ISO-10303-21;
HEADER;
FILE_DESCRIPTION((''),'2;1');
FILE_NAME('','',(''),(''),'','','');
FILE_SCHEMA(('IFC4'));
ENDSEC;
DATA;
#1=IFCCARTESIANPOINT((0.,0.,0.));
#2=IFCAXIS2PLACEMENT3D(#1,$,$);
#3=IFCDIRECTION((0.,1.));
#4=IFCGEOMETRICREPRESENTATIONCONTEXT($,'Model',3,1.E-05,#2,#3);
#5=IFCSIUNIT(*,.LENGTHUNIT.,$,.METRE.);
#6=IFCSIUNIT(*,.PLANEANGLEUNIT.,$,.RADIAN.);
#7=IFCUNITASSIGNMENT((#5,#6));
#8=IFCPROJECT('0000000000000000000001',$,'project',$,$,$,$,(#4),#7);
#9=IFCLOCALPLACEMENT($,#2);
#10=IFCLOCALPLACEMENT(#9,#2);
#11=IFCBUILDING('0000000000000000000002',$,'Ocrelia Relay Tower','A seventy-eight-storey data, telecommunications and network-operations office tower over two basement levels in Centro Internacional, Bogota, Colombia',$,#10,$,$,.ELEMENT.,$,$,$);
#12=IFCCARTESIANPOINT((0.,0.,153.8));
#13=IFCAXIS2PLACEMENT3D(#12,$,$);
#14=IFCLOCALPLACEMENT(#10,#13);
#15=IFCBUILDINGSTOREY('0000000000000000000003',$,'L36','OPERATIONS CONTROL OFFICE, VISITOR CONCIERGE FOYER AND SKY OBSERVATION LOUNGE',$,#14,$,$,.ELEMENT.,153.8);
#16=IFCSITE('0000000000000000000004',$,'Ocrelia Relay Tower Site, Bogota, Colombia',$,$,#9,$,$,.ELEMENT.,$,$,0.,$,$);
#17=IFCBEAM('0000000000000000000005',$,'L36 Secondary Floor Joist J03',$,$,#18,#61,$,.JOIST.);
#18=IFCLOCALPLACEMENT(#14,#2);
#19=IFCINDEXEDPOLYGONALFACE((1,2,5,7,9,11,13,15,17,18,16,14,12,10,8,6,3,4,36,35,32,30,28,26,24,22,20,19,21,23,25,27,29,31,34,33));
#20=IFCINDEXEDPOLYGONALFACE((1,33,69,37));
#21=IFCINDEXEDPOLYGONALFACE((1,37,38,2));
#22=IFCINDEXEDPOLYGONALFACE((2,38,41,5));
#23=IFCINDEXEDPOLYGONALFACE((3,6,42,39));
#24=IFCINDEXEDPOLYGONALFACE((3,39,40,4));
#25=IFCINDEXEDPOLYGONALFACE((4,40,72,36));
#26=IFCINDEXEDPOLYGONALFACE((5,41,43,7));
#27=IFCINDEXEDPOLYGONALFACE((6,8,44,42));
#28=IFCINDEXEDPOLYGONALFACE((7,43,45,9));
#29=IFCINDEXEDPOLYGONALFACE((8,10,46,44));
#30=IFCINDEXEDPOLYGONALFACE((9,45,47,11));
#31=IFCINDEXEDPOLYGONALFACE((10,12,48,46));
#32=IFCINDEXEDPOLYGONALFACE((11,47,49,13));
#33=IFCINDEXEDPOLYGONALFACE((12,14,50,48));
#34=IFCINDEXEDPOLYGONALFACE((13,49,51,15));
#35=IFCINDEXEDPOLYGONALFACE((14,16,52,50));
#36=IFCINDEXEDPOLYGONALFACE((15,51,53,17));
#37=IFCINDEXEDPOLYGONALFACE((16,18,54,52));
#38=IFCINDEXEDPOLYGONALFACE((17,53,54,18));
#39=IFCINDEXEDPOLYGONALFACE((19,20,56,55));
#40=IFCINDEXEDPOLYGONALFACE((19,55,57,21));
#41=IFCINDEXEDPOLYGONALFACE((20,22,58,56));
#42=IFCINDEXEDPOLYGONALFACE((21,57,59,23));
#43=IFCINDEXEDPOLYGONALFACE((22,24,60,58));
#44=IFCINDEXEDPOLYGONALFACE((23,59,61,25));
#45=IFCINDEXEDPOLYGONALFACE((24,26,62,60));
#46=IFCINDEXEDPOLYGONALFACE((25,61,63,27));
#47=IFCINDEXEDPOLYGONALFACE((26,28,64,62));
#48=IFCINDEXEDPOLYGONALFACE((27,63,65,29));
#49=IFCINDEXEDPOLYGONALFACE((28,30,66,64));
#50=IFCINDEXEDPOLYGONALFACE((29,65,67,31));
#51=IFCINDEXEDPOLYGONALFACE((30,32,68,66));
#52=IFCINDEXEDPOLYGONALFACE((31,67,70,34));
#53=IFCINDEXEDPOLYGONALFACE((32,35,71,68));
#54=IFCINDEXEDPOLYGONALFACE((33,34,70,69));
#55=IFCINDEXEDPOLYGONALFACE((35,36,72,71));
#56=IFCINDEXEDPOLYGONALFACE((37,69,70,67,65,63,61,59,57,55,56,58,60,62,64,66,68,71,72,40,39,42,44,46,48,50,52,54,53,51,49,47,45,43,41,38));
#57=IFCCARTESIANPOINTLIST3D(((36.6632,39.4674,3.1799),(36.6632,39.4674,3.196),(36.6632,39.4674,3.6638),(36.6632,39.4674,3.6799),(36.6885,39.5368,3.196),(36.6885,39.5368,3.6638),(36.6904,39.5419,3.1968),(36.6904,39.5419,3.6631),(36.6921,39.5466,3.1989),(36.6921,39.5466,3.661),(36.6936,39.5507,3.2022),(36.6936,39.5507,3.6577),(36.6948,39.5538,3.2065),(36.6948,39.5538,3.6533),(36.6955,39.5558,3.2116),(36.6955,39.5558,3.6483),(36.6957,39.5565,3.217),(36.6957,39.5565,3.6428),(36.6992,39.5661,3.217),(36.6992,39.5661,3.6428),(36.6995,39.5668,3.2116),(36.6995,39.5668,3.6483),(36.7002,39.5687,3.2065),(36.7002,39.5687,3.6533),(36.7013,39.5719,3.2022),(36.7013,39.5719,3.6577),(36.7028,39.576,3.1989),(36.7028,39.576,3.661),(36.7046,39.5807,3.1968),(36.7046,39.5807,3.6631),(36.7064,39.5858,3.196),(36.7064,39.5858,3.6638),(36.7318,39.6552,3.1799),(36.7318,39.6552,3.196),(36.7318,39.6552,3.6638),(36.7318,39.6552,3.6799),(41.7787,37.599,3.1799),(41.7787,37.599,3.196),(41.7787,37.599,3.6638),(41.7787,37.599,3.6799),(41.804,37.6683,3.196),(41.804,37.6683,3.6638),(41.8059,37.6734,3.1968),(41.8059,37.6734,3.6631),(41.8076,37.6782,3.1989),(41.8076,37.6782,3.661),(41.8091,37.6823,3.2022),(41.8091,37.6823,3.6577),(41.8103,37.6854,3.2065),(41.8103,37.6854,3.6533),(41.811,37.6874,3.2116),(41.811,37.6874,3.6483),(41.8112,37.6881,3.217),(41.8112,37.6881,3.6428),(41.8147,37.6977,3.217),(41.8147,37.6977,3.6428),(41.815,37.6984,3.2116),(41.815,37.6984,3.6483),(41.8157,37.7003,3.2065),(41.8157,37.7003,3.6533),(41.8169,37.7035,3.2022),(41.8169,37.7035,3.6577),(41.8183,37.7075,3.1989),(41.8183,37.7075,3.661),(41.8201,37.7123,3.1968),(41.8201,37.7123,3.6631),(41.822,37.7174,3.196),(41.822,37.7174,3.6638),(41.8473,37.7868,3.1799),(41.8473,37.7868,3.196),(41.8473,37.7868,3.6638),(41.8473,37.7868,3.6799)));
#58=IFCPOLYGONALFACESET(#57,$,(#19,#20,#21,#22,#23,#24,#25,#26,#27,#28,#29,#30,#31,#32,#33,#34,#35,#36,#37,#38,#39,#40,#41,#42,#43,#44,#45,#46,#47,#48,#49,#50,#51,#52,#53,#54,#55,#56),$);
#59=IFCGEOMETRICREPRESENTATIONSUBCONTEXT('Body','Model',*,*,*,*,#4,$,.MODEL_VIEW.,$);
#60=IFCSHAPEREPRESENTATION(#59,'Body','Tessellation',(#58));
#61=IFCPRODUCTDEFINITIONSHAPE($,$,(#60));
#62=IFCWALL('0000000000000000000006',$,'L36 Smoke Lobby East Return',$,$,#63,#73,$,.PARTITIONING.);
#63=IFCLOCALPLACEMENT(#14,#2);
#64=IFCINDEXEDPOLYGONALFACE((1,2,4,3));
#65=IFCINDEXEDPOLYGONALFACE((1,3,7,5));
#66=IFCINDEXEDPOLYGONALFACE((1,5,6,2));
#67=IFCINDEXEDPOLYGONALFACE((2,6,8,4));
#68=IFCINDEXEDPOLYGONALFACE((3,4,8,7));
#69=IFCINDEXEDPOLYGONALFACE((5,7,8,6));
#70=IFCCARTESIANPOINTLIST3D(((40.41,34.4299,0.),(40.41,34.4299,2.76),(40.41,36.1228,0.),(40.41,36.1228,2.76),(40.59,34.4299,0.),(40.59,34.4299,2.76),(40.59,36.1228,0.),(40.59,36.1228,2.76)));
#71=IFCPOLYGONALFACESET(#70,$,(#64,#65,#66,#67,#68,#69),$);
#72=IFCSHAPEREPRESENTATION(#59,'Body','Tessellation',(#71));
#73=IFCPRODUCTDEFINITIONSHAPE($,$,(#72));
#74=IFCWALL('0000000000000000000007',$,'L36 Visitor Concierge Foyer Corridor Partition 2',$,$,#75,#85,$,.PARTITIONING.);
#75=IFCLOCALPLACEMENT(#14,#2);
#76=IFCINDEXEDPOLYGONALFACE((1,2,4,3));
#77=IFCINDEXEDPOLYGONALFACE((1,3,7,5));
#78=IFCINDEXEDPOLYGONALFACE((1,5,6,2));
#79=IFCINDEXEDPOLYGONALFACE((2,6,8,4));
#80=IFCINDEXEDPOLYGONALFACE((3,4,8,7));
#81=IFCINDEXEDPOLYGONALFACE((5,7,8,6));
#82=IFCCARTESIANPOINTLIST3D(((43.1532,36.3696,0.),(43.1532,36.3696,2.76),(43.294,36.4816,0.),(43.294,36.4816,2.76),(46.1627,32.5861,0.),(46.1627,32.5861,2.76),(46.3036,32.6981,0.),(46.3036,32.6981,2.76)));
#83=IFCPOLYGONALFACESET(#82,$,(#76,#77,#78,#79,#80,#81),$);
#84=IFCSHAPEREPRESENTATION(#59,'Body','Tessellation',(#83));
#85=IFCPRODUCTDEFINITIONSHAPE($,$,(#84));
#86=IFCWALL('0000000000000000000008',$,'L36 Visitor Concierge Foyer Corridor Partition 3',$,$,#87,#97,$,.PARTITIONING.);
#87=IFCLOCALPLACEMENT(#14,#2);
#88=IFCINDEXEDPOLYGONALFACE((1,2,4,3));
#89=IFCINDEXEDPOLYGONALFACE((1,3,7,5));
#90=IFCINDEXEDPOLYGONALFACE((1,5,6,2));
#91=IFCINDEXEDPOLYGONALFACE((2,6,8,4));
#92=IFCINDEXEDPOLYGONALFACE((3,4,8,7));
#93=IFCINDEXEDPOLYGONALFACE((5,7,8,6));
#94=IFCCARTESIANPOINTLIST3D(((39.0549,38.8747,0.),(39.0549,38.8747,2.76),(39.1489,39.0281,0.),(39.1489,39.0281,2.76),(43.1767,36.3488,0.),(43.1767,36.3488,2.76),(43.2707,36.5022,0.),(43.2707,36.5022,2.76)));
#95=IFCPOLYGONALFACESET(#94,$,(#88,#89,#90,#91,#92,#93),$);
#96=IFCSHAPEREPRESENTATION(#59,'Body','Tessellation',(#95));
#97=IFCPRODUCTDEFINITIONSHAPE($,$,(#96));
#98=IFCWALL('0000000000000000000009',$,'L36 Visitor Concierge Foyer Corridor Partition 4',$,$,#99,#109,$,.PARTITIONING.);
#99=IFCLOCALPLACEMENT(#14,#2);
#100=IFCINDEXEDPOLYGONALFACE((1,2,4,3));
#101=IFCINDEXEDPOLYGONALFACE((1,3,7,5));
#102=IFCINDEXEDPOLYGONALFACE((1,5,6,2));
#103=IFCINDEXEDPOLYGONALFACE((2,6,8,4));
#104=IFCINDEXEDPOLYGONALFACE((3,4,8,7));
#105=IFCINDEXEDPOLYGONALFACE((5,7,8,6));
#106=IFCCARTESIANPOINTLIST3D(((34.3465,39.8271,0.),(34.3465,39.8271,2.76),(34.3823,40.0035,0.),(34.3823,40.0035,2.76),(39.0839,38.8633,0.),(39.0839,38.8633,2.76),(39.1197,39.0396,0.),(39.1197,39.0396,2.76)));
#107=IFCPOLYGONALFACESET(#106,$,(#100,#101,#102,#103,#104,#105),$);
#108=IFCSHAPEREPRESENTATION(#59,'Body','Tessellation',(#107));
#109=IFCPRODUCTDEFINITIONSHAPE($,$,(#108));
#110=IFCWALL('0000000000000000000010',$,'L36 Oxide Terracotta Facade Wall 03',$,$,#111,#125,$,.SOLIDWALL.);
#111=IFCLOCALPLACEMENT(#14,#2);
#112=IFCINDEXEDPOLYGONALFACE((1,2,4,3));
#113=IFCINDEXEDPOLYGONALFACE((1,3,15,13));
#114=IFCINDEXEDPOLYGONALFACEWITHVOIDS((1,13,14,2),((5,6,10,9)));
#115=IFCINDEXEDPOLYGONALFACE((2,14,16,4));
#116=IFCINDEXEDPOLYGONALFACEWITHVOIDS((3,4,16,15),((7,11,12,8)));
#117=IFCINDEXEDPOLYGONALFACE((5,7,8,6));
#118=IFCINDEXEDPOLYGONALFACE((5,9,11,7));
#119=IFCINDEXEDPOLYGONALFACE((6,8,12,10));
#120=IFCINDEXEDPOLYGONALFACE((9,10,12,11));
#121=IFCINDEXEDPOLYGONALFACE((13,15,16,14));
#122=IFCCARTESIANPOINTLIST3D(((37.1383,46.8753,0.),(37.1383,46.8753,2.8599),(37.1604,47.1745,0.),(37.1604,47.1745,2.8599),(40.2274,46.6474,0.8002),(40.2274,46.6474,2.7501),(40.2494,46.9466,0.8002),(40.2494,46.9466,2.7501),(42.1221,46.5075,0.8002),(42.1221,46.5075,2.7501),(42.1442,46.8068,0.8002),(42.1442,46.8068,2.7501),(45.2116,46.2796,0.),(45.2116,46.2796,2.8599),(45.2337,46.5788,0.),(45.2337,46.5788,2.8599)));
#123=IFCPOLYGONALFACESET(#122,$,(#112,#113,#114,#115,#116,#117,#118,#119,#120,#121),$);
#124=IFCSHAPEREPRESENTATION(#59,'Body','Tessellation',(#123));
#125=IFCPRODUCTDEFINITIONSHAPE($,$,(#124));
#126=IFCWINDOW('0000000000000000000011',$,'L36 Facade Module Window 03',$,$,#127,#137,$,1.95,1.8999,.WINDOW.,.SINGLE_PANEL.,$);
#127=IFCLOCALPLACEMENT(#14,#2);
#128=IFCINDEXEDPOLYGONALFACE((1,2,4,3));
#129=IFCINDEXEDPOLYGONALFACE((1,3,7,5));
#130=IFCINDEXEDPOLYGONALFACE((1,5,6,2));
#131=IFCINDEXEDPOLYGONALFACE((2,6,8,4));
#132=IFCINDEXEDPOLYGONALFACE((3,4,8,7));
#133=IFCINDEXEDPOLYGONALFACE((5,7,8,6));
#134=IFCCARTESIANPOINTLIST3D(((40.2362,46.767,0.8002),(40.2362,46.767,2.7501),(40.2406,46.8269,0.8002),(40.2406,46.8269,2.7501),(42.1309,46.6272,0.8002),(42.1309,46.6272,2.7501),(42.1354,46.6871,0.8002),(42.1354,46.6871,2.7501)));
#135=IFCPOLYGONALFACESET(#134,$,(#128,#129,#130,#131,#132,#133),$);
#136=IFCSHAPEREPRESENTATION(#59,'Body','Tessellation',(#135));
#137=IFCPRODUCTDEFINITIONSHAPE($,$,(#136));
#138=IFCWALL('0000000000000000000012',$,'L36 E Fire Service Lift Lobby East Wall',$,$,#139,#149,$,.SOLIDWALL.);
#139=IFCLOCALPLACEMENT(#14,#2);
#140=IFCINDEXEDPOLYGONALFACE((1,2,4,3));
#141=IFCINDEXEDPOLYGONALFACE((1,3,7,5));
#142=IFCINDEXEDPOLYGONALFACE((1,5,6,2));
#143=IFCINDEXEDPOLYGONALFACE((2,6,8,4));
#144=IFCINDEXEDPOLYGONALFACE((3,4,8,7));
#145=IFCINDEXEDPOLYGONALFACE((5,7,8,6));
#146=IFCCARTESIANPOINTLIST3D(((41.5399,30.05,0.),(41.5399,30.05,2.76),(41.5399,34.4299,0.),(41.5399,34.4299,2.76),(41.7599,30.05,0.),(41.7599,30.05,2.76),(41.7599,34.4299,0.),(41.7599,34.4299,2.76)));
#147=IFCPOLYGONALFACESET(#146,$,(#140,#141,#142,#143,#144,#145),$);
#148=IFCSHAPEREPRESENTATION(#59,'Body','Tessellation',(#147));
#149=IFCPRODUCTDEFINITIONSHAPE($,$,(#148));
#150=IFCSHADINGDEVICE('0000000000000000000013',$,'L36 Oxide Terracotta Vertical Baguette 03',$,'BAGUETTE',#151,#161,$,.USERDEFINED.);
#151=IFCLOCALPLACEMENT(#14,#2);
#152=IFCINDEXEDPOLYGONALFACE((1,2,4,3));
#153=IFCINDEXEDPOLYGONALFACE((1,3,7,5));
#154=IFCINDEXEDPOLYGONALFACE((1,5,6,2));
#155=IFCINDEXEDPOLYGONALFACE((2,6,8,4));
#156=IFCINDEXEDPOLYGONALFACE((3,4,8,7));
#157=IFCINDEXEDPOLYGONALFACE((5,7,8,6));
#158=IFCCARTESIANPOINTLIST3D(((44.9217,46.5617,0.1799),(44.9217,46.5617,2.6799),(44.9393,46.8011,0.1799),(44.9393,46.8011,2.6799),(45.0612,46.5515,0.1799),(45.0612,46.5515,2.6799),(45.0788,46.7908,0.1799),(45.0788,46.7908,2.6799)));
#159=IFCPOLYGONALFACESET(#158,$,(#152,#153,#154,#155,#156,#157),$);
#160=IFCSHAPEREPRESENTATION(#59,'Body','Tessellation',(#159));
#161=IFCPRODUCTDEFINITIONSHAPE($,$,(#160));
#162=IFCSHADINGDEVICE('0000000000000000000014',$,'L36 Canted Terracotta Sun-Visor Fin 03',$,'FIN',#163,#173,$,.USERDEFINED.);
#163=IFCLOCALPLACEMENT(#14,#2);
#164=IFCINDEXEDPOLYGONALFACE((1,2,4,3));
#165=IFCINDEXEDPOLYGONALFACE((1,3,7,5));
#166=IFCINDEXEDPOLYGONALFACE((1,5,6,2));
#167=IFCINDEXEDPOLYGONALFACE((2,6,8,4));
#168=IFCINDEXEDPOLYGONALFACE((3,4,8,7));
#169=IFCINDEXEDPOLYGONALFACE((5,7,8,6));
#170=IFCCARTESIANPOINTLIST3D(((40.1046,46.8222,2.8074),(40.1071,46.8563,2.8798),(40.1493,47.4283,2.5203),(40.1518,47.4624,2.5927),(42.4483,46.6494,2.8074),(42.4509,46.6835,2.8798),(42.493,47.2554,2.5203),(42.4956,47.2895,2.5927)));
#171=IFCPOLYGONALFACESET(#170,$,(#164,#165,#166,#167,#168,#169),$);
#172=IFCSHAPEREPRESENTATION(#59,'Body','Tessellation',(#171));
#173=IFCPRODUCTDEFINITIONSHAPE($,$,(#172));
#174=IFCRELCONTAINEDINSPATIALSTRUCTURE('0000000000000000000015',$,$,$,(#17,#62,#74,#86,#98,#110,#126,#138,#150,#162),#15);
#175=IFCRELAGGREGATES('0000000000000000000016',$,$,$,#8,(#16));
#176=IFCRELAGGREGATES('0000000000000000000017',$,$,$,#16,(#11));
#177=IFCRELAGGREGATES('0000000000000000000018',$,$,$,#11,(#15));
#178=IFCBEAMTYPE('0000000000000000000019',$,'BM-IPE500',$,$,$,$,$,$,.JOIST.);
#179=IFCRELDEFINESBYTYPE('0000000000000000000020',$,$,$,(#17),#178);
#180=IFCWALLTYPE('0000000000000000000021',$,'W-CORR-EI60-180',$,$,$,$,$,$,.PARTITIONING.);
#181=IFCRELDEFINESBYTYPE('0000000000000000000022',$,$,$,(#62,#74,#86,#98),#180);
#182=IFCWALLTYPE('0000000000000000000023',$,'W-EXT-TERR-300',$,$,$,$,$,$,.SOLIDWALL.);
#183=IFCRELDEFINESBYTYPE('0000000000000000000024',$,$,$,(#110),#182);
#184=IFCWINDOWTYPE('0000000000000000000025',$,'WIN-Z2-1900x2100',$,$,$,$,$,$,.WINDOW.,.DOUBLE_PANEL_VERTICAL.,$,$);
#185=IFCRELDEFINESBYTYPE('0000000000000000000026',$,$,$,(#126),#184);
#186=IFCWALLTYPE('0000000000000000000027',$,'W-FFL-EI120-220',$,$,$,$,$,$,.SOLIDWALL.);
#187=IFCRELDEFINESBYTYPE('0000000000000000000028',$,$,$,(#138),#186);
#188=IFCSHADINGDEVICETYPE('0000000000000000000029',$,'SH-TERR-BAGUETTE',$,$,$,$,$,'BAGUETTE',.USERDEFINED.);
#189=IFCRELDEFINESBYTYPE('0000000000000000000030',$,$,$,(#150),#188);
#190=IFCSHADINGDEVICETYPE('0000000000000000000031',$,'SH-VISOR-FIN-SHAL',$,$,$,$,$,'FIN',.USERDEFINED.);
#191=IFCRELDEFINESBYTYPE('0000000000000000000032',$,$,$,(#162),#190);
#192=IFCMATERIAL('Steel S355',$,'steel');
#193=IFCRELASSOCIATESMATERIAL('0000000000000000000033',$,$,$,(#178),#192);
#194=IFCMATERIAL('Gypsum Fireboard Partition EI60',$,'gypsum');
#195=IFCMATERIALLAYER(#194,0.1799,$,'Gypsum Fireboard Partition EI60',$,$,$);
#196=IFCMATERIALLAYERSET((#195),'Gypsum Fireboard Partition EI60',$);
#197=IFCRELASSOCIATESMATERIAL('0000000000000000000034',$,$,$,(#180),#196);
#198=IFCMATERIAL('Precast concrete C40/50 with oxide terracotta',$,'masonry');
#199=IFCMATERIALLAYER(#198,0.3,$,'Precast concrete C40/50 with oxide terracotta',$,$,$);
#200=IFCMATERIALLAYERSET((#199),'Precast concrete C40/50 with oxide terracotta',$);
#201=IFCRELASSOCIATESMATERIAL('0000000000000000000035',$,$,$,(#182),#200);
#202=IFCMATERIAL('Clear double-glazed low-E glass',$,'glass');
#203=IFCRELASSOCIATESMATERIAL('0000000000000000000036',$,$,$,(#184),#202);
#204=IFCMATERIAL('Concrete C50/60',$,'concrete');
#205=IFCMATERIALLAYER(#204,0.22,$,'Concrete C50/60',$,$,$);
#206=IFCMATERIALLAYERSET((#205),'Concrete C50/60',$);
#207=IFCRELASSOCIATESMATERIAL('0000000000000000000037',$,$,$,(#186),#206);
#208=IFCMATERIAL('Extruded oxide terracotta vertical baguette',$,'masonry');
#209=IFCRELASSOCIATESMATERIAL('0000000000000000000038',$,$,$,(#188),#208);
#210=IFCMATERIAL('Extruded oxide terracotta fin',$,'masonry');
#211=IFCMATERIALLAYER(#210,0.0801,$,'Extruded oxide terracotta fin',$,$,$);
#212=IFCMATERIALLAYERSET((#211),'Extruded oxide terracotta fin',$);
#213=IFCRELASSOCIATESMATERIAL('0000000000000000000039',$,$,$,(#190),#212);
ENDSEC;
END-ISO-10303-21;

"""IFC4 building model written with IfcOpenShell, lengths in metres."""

from ifc_helpers import new_model, si_unit, direction, frame, frame_2d, origin, origin_2d, place, context, subcontext, project, spatial, rectangle, i_section, extrude, material, layer, layer_set, material_profile, profile_set, type_object, element, fill, save


model = new_model("IFC4")

# Units and contexts
model_context = context("Model", 3, precision=1e-05, world=origin(), true_north=direction((0.0, 1.0)))
body_context = subcontext(model_context, "Body", "Model", "MODEL_VIEW")
ifc_project = project(units=[si_unit("LENGTHUNIT", "METRE"), si_unit("PLANEANGLEUNIT", "RADIAN")], contexts=[model_context])

# Site, building, storey
site_placement = place(None, origin())
site = spatial("IfcSite", under=ifc_project, at=site_placement, Name="Ocrelia Relay Tower Site, Bogota, Colombia", CompositionType="ELEMENT", RefElevation=0.0)
building_placement = place(site_placement, origin())
building = spatial("IfcBuilding", under=site, at=building_placement, Name="Ocrelia Relay Tower", Description="A seventy-eight-storey data, telecommunications and network-operations office tower over two basement levels in Centro Internacional, Bogota, Colombia", CompositionType="ELEMENT")
storey_placement = place(building_placement, frame((0.0, 0.0, 153.8)))
storey = spatial("IfcBuildingStorey", under=building, at=storey_placement, Name="L36", Description="OPERATIONS CONTROL OFFICE, VISITOR CONCIERGE FOYER AND SKY OBSERVATION LOUNGE", CompositionType="ELEMENT", Elevation=153.8)

# Beam
ifc_material_1 = material(Name="Steel S355", Category="steel")
ifc_material_profile_1 = material_profile(ifc_material_1, i_section(OverallWidth=0.2, OverallDepth=0.5, WebThickness=0.0103, FlangeThickness=0.0161, FilletRadius=0.021, at=origin_2d()), Name="IPE 500")
ifc_profile_set_1 = profile_set([ifc_material_profile_1], Name="Steel S355")
beam_type_1 = type_object("IfcBeamType", Name="BM-IPE500", PredefinedType="JOIST", material=ifc_profile_set_1)
beam_1_placement = place(storey_placement, frame((41.813, 37.6929, 3.4299), z_axis=(-0.939307, 0.343078, 0.0), x_axis=(-0.343078, -0.939307, 0.0)))
element("IfcBeam", 1, at=beam_1_placement, inside=storey, type_object=beam_type_1, Name="L36 Secondary Floor Joist J03", PredefinedType="JOIST", context=body_context, shape_type="SweptSolid", body=[
    extrude(i_section(OverallWidth=0.2, OverallDepth=0.5, WebThickness=0.0103, FlangeThickness=0.0161, FilletRadius=0.021, at=origin_2d()), origin(), (0.0, 0.0, 1.0), 5.446),
])

# Walls
ifc_material_2 = material(Name="Gypsum Fireboard Partition EI60", Category="gypsum")
ifc_layer_1 = layer(ifc_material_2, 0.1799, Name="Gypsum Fireboard Partition EI60")
ifc_layer_set_1 = layer_set([ifc_layer_1], Name="Gypsum Fireboard Partition EI60")
wall_type_1 = type_object("IfcWallType", Name="W-CORR-EI60-180", PredefinedType="PARTITIONING", material=ifc_layer_set_1)
wall_1_placement = place(storey_placement, frame((40.5, 36.1228, 0.0), z_axis=(0.0, 0.0, 1.0), x_axis=(0.0, -1.0, 0.0)))
element("IfcWall", 2, at=wall_1_placement, inside=storey, type_object=wall_type_1, Name="L36 Smoke Lobby East Return", PredefinedType="PARTITIONING", context=body_context, shape_type="SweptSolid", body=[
    extrude(rectangle(XDim=1.6929, YDim=0.1799, at=frame_2d((0.8464, 0.0))), origin(), (0.0, 0.0, 1.0), 2.76),
])
wall_2_placement = place(storey_placement, frame((46.2332, 32.6421, 0.0), z_axis=(0.0, 0.0, 1.0), x_axis=(-0.622519, 0.782605, 0.0)))
element("IfcWall", 3, at=wall_2_placement, inside=storey, type_object=wall_type_1, Name="L36 Visitor Concierge Foyer Corridor Partition 2", PredefinedType="PARTITIONING", context=body_context, shape_type="SweptSolid", body=[
    extrude(rectangle(XDim=4.8345, YDim=0.1799, at=frame_2d((2.4172, 0.0))), origin(), (0.0, 0.0, 1.0), 2.76),
])
wall_3_placement = place(storey_placement, frame((43.2236, 36.4255, 0.0), z_axis=(0.0, 0.0, 1.0), x_axis=(-0.852638, 0.522502, 0.0)))
element("IfcWall", 4, at=wall_3_placement, inside=storey, type_object=wall_type_1, Name="L36 Visitor Concierge Foyer Corridor Partition 3", PredefinedType="PARTITIONING", context=body_context, shape_type="SweptSolid", body=[
    extrude(rectangle(XDim=4.8342, YDim=0.1799, at=frame_2d((2.417, 0.0))), origin(), (0.0, 0.0, 1.0), 2.76),
])
wall_4_placement = place(storey_placement, frame((39.1018, 38.9514, 0.0), z_axis=(0.0, 0.0, 1.0), x_axis=(-0.979923, 0.199378, 0.0)))
element("IfcWall", 5, at=wall_4_placement, inside=storey, type_object=wall_type_1, Name="L36 Visitor Concierge Foyer Corridor Partition 4", PredefinedType="PARTITIONING", context=body_context, shape_type="SweptSolid", body=[
    extrude(rectangle(XDim=4.8345, YDim=0.1799, at=frame_2d((2.4172, 0.0))), origin(), (0.0, 0.0, 1.0), 2.76),
])

# Wall, opening, window
ifc_material_3 = material(Name="Precast concrete C40/50 with oxide terracotta", Category="masonry")
ifc_layer_2 = layer(ifc_material_3, 0.3, Name="Precast concrete C40/50 with oxide terracotta")
ifc_layer_set_2 = layer_set([ifc_layer_2], Name="Precast concrete C40/50 with oxide terracotta")
wall_type_2 = type_object("IfcWallType", Name="W-EXT-TERR-300", PredefinedType="SOLIDWALL", material=ifc_layer_set_2)
wall_5_placement = place(storey_placement, frame((45.2227, 46.4292, 0.0), z_axis=(0.0, 0.0, 1.0), x_axis=(-0.997289, 0.073587, 0.0)))
wall_5 = element("IfcWall", 6, at=wall_5_placement, inside=storey, type_object=wall_type_2, Name="L36 Oxide Terracotta Facade Wall 03", PredefinedType="SOLIDWALL", context=body_context, shape_type="SweptSolid", body=[
    extrude(rectangle(XDim=8.0952, YDim=0.3, at=frame_2d((4.0476, 0.0))), origin(), (0.0, 0.0, 1.0), 2.8599),
])
opening_placement = place(wall_5_placement, frame((3.0979, 0.0, 0.8)))
opening = element("IfcOpeningElement", 7, at=opening_placement, cuts=wall_5, PredefinedType="OPENING", context=body_context, shape_type="SweptSolid", body=[
    extrude(rectangle(XDim=1.8999, YDim=1.95, at=frame_2d((0.95, 0.9751))), frame((0.0, 0.1602, 0.0), z_axis=(0.0, -1.0, 0.0), x_axis=(1.0, 0.0, 0.0)), (0.0, 0.0, 1.0), 0.3201),
])
ifc_material_4 = material(Name="Clear double-glazed low-E glass", Category="glass")
window_type = type_object("IfcWindowType", Name="WIN-Z2-1900x2100", PartitioningType="DOUBLE_PANEL_VERTICAL", PredefinedType="WINDOW", material=ifc_material_4)
window_placement = place(opening_placement, origin())
window = element("IfcWindow", 8, at=window_placement, inside=storey, type_object=window_type, Name="L36 Facade Module Window 03", OverallHeight=1.95, OverallWidth=1.8999, PartitioningType="SINGLE_PANEL", PredefinedType="WINDOW", context=body_context, shape_type="SweptSolid", body=[
    extrude(rectangle(XDim=1.8999, YDim=1.95, at=frame_2d((0.95, 0.9751))), frame((0.0, 0.03, 0.0), z_axis=(0.0, -1.0, 0.0), x_axis=(1.0, 0.0, 0.0)), (0.0, 0.0, 1.0), 0.0601),
])
fill(opening, window)

# Wall
ifc_material_5 = material(Name="Concrete C50/60", Category="concrete")
ifc_layer_3 = layer(ifc_material_5, 0.22, Name="Concrete C50/60")
ifc_layer_set_3 = layer_set([ifc_layer_3], Name="Concrete C50/60")
wall_type_3 = type_object("IfcWallType", Name="W-FFL-EI120-220", PredefinedType="SOLIDWALL", material=ifc_layer_set_3)
wall_6_placement = place(storey_placement, frame((41.6499, 30.05, 0.0), z_axis=(0.0, 0.0, 1.0), x_axis=(0.0, 1.0, 0.0)))
element("IfcWall", 9, at=wall_6_placement, inside=storey, type_object=wall_type_3, Name="L36 E Fire Service Lift Lobby East Wall", PredefinedType="SOLIDWALL", context=body_context, shape_type="SweptSolid", body=[
    extrude(rectangle(XDim=4.3799, YDim=0.22, at=frame_2d((2.1899, 0.0))), origin(), (0.0, 0.0, 1.0), 2.76),
])

# Shading devices
ifc_material_6 = material(Name="Extruded oxide terracotta vertical baguette", Category="masonry")
shading_device_type_1 = type_object("IfcShadingDeviceType", Name="SH-TERR-BAGUETTE", ElementType="BAGUETTE", PredefinedType="USERDEFINED", material=ifc_material_6)
shading_device_1_placement = place(storey_placement, frame((45.0002, 46.6763, 0.1799), z_axis=(0.0, 0.0, 1.0), x_axis=(-0.997291, 0.073563, 0.0)))
element("IfcShadingDevice", 10, at=shading_device_1_placement, inside=storey, type_object=shading_device_type_1, Name="L36 Oxide Terracotta Vertical Baguette 03", ObjectType="BAGUETTE", PredefinedType="USERDEFINED", context=body_context, shape_type="SweptSolid", body=[
    extrude(rectangle(XDim=0.1399, YDim=0.24, at=origin_2d()), origin(), (0.0, 0.0, 1.0), 2.5),
])
ifc_material_7 = material(Name="Extruded oxide terracotta fin", Category="masonry")
ifc_layer_4 = layer(ifc_material_7, 0.0801, Name="Extruded oxide terracotta fin")
ifc_layer_set_4 = layer_set([ifc_layer_4], Name="Extruded oxide terracotta fin")
shading_device_type_2 = type_object("IfcShadingDeviceType", Name="SH-VISOR-FIN-SHAL", ElementType="FIN", PredefinedType="USERDEFINED", material=ifc_layer_set_4)
shading_device_2_placement = place(storey_placement, frame((41.2988, 47.0388, 2.6638), z_axis=(0.031426, 0.426043, 0.904157), x_axis=(-0.997291, 0.073563, 0.0)))
element("IfcShadingDevice", 11, at=shading_device_2_placement, inside=storey, type_object=shading_device_type_2, Name="L36 Canted Terracotta Sun-Visor Fin 03", ObjectType="FIN", PredefinedType="USERDEFINED", context=body_context, shape_type="SweptSolid", body=[
    extrude(rectangle(XDim=2.3501, YDim=0.6721, at=origin_2d()), origin(), (0.0, 0.0, 1.0), 0.0801),
])

save(model, "model.ifc")
